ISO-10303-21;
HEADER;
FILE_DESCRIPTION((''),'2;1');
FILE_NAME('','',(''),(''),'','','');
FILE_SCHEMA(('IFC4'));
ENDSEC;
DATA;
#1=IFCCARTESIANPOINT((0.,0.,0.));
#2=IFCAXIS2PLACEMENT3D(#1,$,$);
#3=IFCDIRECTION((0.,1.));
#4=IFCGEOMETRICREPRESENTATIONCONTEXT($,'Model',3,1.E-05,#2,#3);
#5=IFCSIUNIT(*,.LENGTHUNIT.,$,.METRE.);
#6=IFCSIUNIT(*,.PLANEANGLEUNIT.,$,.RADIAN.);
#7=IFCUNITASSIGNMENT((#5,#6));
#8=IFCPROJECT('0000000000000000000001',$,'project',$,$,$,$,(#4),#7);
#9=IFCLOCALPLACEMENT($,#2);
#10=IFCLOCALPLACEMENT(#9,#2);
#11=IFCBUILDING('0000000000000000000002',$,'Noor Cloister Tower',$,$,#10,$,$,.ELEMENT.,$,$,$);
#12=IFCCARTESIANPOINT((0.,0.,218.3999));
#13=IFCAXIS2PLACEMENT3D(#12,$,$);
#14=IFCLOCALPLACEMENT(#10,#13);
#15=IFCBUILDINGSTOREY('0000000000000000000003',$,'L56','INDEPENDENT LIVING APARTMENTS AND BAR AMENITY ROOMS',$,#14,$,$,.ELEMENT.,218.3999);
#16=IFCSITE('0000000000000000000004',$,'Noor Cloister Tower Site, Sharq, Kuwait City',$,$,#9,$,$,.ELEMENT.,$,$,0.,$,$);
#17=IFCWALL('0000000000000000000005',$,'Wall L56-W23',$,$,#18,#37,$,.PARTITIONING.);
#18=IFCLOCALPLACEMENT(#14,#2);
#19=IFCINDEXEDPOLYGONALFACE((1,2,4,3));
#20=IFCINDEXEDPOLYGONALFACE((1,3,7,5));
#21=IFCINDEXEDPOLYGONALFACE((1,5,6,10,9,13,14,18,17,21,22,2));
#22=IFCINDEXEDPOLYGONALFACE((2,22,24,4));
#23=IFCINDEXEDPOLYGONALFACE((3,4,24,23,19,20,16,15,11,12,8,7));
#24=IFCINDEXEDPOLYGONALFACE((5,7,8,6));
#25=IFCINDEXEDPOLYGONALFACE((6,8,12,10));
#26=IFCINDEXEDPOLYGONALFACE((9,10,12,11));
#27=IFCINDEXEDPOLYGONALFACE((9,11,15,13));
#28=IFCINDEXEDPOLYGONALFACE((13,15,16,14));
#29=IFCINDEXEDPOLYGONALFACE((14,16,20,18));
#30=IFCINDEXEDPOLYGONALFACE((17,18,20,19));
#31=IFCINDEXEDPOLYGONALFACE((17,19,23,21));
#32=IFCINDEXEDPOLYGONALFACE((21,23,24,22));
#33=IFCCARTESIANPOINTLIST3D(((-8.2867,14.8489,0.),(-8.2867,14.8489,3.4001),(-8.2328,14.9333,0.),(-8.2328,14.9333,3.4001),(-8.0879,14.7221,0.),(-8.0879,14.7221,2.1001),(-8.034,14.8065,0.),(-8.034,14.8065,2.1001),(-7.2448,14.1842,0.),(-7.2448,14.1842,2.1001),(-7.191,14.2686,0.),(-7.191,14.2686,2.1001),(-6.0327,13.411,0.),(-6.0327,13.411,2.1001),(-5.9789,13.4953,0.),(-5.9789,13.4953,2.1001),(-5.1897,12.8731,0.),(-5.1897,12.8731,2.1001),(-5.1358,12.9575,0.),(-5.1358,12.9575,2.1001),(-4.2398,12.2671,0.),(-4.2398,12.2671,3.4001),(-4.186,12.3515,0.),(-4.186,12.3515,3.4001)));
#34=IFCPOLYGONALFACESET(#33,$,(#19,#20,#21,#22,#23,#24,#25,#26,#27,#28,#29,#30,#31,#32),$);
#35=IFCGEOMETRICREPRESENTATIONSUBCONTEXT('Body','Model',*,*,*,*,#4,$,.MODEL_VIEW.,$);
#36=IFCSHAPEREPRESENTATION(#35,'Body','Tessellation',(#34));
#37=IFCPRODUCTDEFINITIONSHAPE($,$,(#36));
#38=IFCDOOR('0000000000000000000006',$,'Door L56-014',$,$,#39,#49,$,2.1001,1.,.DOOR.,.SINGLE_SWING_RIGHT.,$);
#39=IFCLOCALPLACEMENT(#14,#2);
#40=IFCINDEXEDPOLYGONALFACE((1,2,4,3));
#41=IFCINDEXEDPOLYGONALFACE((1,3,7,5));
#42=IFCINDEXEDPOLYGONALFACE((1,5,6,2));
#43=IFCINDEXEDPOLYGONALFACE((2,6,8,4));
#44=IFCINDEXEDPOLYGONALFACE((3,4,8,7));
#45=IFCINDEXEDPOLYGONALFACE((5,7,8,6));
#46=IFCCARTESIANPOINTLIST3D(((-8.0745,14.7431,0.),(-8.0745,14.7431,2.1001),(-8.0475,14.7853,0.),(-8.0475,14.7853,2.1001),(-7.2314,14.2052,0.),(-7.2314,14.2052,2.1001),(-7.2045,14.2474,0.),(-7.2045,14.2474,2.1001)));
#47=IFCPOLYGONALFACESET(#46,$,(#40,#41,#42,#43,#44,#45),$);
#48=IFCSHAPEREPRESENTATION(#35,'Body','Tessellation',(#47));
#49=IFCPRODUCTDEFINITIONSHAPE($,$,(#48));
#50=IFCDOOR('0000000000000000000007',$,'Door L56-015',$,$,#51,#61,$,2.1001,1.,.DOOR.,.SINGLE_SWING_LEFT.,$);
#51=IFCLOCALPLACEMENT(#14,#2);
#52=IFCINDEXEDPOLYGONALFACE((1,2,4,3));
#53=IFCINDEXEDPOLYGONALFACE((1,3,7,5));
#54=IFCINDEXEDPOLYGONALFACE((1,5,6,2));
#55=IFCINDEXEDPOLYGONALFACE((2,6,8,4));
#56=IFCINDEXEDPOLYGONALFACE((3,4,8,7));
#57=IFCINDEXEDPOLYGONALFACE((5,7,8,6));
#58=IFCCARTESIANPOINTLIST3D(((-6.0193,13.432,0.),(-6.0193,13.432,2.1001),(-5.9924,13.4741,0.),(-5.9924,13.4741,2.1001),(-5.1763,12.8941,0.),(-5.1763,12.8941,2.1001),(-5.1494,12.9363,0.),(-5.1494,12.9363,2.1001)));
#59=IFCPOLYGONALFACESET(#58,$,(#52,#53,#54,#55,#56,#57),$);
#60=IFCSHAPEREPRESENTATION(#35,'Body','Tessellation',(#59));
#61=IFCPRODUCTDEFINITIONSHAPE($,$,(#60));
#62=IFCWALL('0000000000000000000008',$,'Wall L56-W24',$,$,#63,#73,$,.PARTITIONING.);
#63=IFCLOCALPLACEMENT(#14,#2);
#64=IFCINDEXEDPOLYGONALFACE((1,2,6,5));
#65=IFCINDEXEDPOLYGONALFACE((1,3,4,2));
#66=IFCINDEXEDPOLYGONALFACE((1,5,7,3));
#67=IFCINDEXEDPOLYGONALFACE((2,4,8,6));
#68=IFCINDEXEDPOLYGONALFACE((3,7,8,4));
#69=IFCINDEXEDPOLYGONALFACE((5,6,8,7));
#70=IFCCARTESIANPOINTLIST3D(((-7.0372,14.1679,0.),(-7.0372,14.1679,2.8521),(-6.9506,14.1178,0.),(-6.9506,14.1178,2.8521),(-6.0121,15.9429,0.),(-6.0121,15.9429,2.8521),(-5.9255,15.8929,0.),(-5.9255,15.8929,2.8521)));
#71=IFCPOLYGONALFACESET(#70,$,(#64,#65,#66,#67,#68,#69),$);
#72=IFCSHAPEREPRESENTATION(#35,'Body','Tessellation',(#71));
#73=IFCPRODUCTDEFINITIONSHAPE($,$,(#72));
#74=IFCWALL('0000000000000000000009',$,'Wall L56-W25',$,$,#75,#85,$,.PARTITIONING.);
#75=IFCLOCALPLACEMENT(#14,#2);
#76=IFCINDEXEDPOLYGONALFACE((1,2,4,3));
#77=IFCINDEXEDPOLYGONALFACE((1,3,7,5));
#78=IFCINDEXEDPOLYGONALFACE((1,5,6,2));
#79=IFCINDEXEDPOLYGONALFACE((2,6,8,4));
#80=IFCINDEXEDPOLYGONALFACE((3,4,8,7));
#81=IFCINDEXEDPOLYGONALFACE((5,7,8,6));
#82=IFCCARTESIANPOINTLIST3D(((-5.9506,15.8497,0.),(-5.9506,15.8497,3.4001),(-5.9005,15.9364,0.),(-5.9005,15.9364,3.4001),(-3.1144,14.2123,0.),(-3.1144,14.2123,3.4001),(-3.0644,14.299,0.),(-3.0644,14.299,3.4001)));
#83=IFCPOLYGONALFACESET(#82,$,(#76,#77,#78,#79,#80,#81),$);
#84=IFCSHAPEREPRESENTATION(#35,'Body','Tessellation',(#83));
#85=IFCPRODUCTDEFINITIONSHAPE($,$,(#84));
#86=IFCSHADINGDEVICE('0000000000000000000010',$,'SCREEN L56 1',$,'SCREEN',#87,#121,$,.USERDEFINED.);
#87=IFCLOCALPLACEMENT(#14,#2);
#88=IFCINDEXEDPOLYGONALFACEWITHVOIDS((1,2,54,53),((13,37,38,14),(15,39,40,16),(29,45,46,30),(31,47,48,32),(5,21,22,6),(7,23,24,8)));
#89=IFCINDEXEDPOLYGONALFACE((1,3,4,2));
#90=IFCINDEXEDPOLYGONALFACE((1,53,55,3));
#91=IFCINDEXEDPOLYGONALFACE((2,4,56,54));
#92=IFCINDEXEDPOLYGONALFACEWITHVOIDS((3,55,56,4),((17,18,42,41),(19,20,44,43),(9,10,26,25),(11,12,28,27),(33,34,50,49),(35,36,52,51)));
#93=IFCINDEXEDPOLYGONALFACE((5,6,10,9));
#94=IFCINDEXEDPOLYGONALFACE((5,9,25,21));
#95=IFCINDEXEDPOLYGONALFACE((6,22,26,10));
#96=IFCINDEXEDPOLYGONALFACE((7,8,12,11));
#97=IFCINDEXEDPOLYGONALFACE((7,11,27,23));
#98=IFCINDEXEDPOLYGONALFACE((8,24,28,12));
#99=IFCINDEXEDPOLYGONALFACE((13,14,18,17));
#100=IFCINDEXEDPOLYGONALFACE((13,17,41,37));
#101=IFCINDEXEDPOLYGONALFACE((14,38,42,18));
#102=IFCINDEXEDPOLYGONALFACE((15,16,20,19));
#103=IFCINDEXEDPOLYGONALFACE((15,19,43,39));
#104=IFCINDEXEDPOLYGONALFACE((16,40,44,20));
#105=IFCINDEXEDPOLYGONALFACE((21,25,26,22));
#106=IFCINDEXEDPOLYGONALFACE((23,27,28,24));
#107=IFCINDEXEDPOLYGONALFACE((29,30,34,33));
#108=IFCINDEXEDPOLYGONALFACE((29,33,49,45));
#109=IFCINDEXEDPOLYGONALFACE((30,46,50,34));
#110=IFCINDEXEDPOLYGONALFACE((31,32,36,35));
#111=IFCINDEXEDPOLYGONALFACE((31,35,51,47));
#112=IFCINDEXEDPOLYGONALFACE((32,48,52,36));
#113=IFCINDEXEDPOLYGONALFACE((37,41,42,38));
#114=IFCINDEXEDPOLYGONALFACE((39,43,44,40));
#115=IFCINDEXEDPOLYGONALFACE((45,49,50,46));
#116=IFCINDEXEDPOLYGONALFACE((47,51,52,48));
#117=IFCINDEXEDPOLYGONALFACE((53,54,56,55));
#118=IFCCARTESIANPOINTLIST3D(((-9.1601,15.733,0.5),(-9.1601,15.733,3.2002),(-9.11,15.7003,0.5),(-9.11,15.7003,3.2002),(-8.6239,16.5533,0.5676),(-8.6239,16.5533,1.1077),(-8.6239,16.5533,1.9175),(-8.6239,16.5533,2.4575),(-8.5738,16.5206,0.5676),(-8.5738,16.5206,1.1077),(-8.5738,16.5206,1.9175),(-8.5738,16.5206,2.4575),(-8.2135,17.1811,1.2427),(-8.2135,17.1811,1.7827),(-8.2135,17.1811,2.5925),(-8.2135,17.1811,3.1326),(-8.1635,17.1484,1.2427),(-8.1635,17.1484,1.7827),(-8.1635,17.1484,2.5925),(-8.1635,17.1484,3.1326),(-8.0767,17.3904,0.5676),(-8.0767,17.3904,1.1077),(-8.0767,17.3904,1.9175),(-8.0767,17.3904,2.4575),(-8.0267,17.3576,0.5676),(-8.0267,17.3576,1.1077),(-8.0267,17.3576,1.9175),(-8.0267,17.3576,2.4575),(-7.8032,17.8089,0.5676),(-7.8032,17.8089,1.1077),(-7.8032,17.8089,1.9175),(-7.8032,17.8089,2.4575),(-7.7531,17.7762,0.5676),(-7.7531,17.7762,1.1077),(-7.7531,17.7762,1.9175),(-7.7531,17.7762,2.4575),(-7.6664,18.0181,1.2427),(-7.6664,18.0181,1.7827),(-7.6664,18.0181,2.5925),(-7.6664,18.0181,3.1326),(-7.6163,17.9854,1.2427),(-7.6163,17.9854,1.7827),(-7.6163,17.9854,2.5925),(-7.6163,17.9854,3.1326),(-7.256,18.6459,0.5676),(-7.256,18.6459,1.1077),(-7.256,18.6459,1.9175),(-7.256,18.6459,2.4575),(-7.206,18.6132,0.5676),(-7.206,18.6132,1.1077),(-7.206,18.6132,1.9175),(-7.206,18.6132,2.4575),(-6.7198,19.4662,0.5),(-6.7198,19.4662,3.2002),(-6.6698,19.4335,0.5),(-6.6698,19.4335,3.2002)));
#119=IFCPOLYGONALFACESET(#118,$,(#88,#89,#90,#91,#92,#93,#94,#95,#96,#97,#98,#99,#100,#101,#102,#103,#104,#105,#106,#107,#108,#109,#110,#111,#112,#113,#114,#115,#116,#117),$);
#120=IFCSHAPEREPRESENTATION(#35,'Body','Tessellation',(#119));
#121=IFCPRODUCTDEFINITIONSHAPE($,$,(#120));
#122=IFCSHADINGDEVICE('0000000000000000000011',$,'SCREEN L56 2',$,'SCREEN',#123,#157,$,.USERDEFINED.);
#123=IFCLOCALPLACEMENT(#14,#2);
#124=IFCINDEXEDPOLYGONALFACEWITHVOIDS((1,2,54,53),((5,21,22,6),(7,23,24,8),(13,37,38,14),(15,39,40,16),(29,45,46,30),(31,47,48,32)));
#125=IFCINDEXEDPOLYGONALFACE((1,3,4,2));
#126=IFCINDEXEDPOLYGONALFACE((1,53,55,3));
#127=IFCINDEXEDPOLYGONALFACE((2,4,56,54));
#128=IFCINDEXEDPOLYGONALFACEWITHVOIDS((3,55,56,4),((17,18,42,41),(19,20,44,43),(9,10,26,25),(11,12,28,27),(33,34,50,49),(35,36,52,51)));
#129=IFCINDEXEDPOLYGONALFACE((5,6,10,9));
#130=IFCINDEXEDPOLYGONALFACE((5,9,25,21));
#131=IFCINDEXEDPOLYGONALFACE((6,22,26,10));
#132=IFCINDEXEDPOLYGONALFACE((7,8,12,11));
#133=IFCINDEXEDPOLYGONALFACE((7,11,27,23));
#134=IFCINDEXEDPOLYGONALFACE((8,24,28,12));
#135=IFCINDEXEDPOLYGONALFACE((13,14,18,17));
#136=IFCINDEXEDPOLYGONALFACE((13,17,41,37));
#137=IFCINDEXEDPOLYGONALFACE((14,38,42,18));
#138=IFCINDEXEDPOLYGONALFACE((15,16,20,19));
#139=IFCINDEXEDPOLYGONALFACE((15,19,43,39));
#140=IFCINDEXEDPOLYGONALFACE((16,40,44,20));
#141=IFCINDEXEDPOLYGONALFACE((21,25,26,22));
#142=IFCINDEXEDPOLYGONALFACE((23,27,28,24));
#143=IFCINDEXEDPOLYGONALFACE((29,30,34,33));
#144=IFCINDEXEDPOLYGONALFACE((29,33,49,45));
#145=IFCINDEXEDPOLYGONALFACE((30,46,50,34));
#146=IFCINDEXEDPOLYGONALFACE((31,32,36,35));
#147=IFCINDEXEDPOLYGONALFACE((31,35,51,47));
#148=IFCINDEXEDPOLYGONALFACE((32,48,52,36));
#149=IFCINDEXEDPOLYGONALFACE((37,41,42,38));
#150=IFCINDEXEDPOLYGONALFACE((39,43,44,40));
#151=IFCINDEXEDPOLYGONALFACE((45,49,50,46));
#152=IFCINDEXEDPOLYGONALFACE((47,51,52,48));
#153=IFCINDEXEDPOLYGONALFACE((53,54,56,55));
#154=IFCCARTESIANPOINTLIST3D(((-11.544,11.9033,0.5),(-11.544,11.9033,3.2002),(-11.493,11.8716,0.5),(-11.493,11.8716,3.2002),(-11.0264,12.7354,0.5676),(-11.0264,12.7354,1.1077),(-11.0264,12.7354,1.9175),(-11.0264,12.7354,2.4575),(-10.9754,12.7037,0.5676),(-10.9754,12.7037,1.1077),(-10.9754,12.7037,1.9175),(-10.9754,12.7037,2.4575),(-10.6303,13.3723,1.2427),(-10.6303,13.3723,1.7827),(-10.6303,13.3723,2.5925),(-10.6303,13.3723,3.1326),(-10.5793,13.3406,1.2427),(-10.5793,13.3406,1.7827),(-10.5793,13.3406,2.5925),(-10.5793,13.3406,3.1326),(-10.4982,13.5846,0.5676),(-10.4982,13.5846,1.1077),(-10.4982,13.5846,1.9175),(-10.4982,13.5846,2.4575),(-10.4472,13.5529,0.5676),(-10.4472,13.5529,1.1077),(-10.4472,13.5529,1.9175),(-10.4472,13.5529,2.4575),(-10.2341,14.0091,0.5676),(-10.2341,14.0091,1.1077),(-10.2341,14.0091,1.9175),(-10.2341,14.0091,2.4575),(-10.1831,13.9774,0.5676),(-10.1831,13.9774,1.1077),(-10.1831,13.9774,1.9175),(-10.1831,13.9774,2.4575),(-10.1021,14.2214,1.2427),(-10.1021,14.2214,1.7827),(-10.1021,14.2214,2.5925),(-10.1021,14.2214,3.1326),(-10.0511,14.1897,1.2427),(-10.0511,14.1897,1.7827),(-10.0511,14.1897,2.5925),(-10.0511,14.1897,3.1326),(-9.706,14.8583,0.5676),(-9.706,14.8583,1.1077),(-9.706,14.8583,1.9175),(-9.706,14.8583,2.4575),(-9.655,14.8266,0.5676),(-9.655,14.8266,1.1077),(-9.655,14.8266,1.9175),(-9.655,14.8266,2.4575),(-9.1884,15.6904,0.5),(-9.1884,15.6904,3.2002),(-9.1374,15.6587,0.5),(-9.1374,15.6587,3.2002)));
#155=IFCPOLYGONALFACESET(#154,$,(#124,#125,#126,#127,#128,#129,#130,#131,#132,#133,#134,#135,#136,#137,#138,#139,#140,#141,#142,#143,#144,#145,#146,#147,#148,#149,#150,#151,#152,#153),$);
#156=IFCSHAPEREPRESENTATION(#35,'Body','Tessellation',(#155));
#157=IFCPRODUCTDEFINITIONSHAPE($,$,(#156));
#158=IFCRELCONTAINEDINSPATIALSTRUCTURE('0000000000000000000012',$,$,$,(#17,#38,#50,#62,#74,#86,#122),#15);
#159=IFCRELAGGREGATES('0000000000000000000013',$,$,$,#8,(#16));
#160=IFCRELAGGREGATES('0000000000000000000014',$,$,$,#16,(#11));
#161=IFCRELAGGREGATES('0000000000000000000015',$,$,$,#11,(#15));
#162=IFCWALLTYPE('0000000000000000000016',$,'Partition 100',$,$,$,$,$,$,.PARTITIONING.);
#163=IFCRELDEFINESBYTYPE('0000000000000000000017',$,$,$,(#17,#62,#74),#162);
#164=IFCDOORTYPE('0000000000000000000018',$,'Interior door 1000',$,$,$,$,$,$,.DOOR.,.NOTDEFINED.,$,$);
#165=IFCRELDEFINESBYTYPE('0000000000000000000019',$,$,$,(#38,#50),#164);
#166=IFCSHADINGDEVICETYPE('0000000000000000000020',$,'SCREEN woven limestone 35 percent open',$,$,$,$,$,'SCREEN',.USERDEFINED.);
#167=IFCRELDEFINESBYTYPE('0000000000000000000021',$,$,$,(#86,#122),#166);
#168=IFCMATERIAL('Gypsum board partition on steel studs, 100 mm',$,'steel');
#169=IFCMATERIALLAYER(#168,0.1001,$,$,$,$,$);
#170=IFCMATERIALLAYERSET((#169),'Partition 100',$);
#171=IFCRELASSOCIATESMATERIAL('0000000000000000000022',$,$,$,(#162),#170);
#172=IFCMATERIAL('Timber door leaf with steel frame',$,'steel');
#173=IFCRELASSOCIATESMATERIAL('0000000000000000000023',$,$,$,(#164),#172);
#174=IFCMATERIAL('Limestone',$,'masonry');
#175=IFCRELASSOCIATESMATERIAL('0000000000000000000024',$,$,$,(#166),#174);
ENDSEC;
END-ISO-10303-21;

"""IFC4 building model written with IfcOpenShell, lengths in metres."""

from ifc_helpers import new_model, si_unit, direction, frame, frame_2d, origin, place, context, subcontext, project, spatial, polyline, rectangle, outline, extrude, material, layer, layer_set, material_profile, profile_set, type_object, element, fill, save


model = new_model("IFC4")

# Units and contexts
model_context = context("Model", 3, precision=1e-05, world=origin(), true_north=direction((0.0, 1.0)))
body_context = subcontext(model_context, "Body", "Model", "MODEL_VIEW")
ifc_project = project(units=[si_unit("LENGTHUNIT", "METRE"), si_unit("PLANEANGLEUNIT", "RADIAN")], contexts=[model_context])

# Site, building, storey
site_placement = place(None, origin())
site = spatial("IfcSite", under=ifc_project, at=site_placement, Name="Noor Cloister Tower Site, Sharq, Kuwait City", CompositionType="ELEMENT", RefElevation=0.0)
building_placement = place(site_placement, origin())
building = spatial("IfcBuilding", under=site, at=building_placement, Name="Noor Cloister Tower", CompositionType="ELEMENT")
storey_placement = place(building_placement, frame((0.0, 0.0, 218.3999)))
storey = spatial("IfcBuildingStorey", under=building, at=storey_placement, Name="L56", Description="INDEPENDENT LIVING APARTMENTS AND BAR AMENITY ROOMS", CompositionType="ELEMENT", Elevation=218.3999)

# Wall, openings, doors
ifc_material_1 = material(Name="Gypsum board partition on steel studs, 100 mm", Category="steel")
ifc_layer_1 = layer(ifc_material_1, 0.1001)
ifc_layer_set_1 = layer_set([ifc_layer_1], Name="Partition 100")
wall_type_1 = type_object("IfcWallType", Name="Partition 100", PredefinedType="PARTITIONING", material=ifc_layer_set_1)
wall_1_placement = place(storey_placement, frame((-8.2598, 14.8911, 0.0), z_axis=(0.0, 0.0, 1.0), x_axis=(0.843047, -0.537839, 0.0)))
wall_1 = element("IfcWall", 1, at=wall_1_placement, inside=storey, type_object=wall_type_1, Name="Wall L56-W23", PredefinedType="PARTITIONING", context=body_context, shape_type="SweptSolid", body=[
    extrude(rectangle(XDim=4.8003, YDim=0.1001, at=frame_2d((2.4001, 0.0))), origin(), (0.0, 0.0, 1.0), 3.4001),
])
opening_1_placement = place(wall_1_placement, frame((0.2358, 0.0, 0.0)))
opening_1 = element("IfcOpeningElement", 2, at=opening_1_placement, cuts=wall_1, PredefinedType="OPENING", context=body_context, shape_type="SweptSolid", body=[
    extrude(rectangle(XDim=1.0, YDim=2.1001, at=frame_2d((0.5, 1.05))), frame((0.0, 0.0601, 0.0), z_axis=(0.0, -1.0, 0.0), x_axis=(1.0, 0.0, 0.0)), (0.0, 0.0, 1.0), 0.1201),
])
opening_2_placement = place(wall_1_placement, frame((2.6736, 0.0, 0.0)))
opening_2 = element("IfcOpeningElement", 3, at=opening_2_placement, cuts=wall_1, PredefinedType="OPENING", context=body_context, shape_type="SweptSolid", body=[
    extrude(rectangle(XDim=1.0, YDim=2.1001, at=frame_2d((0.5, 1.05))), frame((0.0, 0.0601, 0.0), z_axis=(0.0, -1.0, 0.0), x_axis=(1.0, 0.0, 0.0)), (0.0, 0.0, 1.0), 0.1201),
])
ifc_material_2 = material(Name="Timber door leaf with steel frame", Category="steel")
door_type_1 = type_object("IfcDoorType", Name="Interior door 1000", OperationType="NOTDEFINED", PredefinedType="DOOR", material=ifc_material_2)
door_1_placement = place(opening_1_placement, origin())
door_1 = element("IfcDoor", 4, at=door_1_placement, inside=storey, type_object=door_type_1, Name="Door L56-014", OperationType="SINGLE_SWING_RIGHT", OverallHeight=2.1001, OverallWidth=1.0, PredefinedType="DOOR", context=body_context, shape_type="SweptSolid", body=[
    extrude(rectangle(XDim=1.0, YDim=2.1001, at=frame_2d((0.5, 1.05))), frame((0.0, 0.0249, 0.0), z_axis=(0.0, -1.0, 0.0), x_axis=(1.0, 0.0, 0.0)), (0.0, 0.0, 1.0), 0.05),
])
fill(opening_1, door_1)
door_2_placement = place(opening_2_placement, origin())
door_2 = element("IfcDoor", 5, at=door_2_placement, inside=storey, type_object=door_type_1, Name="Door L56-015", OperationType="SINGLE_SWING_LEFT", OverallHeight=2.1001, OverallWidth=1.0, PredefinedType="DOOR", context=body_context, shape_type="SweptSolid", body=[
    extrude(rectangle(XDim=1.0, YDim=2.1001, at=frame_2d((0.5, 1.05))), frame((0.0, 0.0249, 0.0), z_axis=(0.0, -1.0, 0.0), x_axis=(1.0, 0.0, 0.0)), (0.0, 0.0, 1.0), 0.05),
])
fill(opening_2, door_2)

# Walls
wall_2_placement = place(storey_placement, frame((-6.9939, 14.1428, 0.0), z_axis=(0.0, 0.0, 1.0), x_axis=(0.500097, 0.865969, 0.0)))
element("IfcWall", 6, at=wall_2_placement, inside=storey, type_object=wall_type_1, Name="Wall L56-W24", PredefinedType="PARTITIONING", context=body_context, shape_type="SweptSolid", body=[
    extrude(rectangle(XDim=2.0498, YDim=0.1001, at=frame_2d((1.0249, 0.0))), origin(), (0.0, 0.0, 1.0), 2.8521),
])
wall_3_placement = place(storey_placement, frame((-5.9255, 15.8931, 0.0), z_axis=(0.0, 0.0, 1.0), x_axis=(0.866028, -0.499996, 0.0)))
element("IfcWall", 7, at=wall_3_placement, inside=storey, type_object=wall_type_1, Name="Wall L56-W25", PredefinedType="PARTITIONING", context=body_context, shape_type="SweptSolid", body=[
    extrude(rectangle(XDim=3.2749, YDim=0.1001, at=frame_2d((1.6375, 0.0))), origin(), (0.0, 0.0, 1.0), 3.4001),
])

# Shading devices
ifc_material_3 = material(Name="Limestone", Category="masonry")
ifc_material_profile_1 = material_profile(ifc_material_3, outline(polyline([(-2.23, -1.3501), (2.23, -1.3501), (2.23, 1.3501), (-2.23, 1.3501), (-2.23, -1.3501)]), holes=[polyline([(-1.25, -1.2825), (-0.25, -1.2825), (-0.25, -0.7424), (-1.25, -0.7424), (-1.25, -1.2825)]), polyline([(0.25, -1.2825), (1.25, -1.2825), (1.25, -0.7424), (0.25, -0.7424), (0.25, -1.2825)]), polyline([(-0.5, -0.6074), (0.5, -0.6074), (0.5, -0.0674), (-0.5, -0.0674), (-0.5, -0.6074)]), polyline([(-1.25, 0.0674), (-0.25, 0.0674), (-0.25, 0.6074), (-1.25, 0.6074), (-1.25, 0.0674)]), polyline([(0.25, 0.0674), (1.25, 0.0674), (1.25, 0.6074), (0.25, 0.6074), (0.25, 0.0674)]), polyline([(-0.5, 0.7424), (0.5, 0.7424), (0.5, 1.2825), (-0.5, 1.2825), (-0.5, 0.7424)])]), Name="Woven screen 35 percent open")
ifc_profile_set_1 = profile_set([ifc_material_profile_1], Name="Limestone")
shading_device_type = type_object("IfcShadingDeviceType", Name="SCREEN woven limestone 35 percent open", ElementType="SCREEN", PredefinedType="USERDEFINED", material=ifc_profile_set_1)
shading_device_1_placement = place(storey_placement, frame((-7.8899, 17.5669, 1.8501), z_axis=(-0.837042, 0.547139, 0.0), x_axis=(-0.547139, -0.837042, 0.0)))
element("IfcShadingDevice", 8, at=shading_device_1_placement, inside=storey, type_object=shading_device_type, Name="SCREEN L56 1", ObjectType="SCREEN", PredefinedType="USERDEFINED", context=body_context, shape_type="SweptSolid", body=[
    extrude(outline(polyline([(-2.23, -1.3501), (2.23, -1.3501), (2.23, 1.3501), (-2.23, 1.3501), (-2.23, -1.3501)]), holes=[polyline([(-1.25, -1.2825), (-0.25, -1.2825), (-0.25, -0.7424), (-1.25, -0.7424), (-1.25, -1.2825)]), polyline([(0.25, -1.2825), (1.25, -1.2825), (1.25, -0.7424), (0.25, -0.7424), (0.25, -1.2825)]), polyline([(-0.5, -0.6074), (0.5, -0.6074), (0.5, -0.0674), (-0.5, -0.0674), (-0.5, -0.6074)]), polyline([(-1.25, 0.0674), (-0.25, 0.0674), (-0.25, 0.6074), (-1.25, 0.6074), (-1.25, 0.0674)]), polyline([(0.25, 0.0674), (1.25, 0.0674), (1.25, 0.6074), (0.25, 0.6074), (0.25, 0.0674)]), polyline([(-0.5, 0.7424), (0.5, 0.7424), (0.5, 1.2825), (-0.5, 1.2825), (-0.5, 0.7424)])]), origin(), (0.0, 0.0, 1.0), 0.0598),
])
shading_device_2_placement = place(storey_placement, frame((-10.3152, 13.7651, 1.8501), z_axis=(-0.849138, 0.528172, 0.0), x_axis=(-0.528172, -0.849138, 0.0)))
element("IfcShadingDevice", 9, at=shading_device_2_placement, inside=storey, type_object=shading_device_type, Name="SCREEN L56 2", ObjectType="SCREEN", PredefinedType="USERDEFINED", context=body_context, shape_type="SweptSolid", body=[
    extrude(outline(polyline([(-2.23, -1.3501), (2.23, -1.3501), (2.23, 1.3501), (-2.23, 1.3501), (-2.23, -1.3501)]), holes=[polyline([(-1.25, -1.2825), (-0.25, -1.2825), (-0.25, -0.7424), (-1.25, -0.7424), (-1.25, -1.2825)]), polyline([(0.25, -1.2825), (1.25, -1.2825), (1.25, -0.7424), (0.25, -0.7424), (0.25, -1.2825)]), polyline([(-0.5, -0.6074), (0.5, -0.6074), (0.5, -0.0674), (-0.5, -0.0674), (-0.5, -0.6074)]), polyline([(-1.25, 0.0674), (-0.25, 0.0674), (-0.25, 0.6074), (-1.25, 0.6074), (-1.25, 0.0674)]), polyline([(0.25, 0.0674), (1.25, 0.0674), (1.25, 0.6074), (0.25, 0.6074), (0.25, 0.0674)]), polyline([(-0.5, 0.7424), (0.5, 0.7424), (0.5, 1.2825), (-0.5, 1.2825), (-0.5, 0.7424)])]), origin(), (0.0, 0.0, 1.0), 0.0601),
])

save(model, "model.ifc")
